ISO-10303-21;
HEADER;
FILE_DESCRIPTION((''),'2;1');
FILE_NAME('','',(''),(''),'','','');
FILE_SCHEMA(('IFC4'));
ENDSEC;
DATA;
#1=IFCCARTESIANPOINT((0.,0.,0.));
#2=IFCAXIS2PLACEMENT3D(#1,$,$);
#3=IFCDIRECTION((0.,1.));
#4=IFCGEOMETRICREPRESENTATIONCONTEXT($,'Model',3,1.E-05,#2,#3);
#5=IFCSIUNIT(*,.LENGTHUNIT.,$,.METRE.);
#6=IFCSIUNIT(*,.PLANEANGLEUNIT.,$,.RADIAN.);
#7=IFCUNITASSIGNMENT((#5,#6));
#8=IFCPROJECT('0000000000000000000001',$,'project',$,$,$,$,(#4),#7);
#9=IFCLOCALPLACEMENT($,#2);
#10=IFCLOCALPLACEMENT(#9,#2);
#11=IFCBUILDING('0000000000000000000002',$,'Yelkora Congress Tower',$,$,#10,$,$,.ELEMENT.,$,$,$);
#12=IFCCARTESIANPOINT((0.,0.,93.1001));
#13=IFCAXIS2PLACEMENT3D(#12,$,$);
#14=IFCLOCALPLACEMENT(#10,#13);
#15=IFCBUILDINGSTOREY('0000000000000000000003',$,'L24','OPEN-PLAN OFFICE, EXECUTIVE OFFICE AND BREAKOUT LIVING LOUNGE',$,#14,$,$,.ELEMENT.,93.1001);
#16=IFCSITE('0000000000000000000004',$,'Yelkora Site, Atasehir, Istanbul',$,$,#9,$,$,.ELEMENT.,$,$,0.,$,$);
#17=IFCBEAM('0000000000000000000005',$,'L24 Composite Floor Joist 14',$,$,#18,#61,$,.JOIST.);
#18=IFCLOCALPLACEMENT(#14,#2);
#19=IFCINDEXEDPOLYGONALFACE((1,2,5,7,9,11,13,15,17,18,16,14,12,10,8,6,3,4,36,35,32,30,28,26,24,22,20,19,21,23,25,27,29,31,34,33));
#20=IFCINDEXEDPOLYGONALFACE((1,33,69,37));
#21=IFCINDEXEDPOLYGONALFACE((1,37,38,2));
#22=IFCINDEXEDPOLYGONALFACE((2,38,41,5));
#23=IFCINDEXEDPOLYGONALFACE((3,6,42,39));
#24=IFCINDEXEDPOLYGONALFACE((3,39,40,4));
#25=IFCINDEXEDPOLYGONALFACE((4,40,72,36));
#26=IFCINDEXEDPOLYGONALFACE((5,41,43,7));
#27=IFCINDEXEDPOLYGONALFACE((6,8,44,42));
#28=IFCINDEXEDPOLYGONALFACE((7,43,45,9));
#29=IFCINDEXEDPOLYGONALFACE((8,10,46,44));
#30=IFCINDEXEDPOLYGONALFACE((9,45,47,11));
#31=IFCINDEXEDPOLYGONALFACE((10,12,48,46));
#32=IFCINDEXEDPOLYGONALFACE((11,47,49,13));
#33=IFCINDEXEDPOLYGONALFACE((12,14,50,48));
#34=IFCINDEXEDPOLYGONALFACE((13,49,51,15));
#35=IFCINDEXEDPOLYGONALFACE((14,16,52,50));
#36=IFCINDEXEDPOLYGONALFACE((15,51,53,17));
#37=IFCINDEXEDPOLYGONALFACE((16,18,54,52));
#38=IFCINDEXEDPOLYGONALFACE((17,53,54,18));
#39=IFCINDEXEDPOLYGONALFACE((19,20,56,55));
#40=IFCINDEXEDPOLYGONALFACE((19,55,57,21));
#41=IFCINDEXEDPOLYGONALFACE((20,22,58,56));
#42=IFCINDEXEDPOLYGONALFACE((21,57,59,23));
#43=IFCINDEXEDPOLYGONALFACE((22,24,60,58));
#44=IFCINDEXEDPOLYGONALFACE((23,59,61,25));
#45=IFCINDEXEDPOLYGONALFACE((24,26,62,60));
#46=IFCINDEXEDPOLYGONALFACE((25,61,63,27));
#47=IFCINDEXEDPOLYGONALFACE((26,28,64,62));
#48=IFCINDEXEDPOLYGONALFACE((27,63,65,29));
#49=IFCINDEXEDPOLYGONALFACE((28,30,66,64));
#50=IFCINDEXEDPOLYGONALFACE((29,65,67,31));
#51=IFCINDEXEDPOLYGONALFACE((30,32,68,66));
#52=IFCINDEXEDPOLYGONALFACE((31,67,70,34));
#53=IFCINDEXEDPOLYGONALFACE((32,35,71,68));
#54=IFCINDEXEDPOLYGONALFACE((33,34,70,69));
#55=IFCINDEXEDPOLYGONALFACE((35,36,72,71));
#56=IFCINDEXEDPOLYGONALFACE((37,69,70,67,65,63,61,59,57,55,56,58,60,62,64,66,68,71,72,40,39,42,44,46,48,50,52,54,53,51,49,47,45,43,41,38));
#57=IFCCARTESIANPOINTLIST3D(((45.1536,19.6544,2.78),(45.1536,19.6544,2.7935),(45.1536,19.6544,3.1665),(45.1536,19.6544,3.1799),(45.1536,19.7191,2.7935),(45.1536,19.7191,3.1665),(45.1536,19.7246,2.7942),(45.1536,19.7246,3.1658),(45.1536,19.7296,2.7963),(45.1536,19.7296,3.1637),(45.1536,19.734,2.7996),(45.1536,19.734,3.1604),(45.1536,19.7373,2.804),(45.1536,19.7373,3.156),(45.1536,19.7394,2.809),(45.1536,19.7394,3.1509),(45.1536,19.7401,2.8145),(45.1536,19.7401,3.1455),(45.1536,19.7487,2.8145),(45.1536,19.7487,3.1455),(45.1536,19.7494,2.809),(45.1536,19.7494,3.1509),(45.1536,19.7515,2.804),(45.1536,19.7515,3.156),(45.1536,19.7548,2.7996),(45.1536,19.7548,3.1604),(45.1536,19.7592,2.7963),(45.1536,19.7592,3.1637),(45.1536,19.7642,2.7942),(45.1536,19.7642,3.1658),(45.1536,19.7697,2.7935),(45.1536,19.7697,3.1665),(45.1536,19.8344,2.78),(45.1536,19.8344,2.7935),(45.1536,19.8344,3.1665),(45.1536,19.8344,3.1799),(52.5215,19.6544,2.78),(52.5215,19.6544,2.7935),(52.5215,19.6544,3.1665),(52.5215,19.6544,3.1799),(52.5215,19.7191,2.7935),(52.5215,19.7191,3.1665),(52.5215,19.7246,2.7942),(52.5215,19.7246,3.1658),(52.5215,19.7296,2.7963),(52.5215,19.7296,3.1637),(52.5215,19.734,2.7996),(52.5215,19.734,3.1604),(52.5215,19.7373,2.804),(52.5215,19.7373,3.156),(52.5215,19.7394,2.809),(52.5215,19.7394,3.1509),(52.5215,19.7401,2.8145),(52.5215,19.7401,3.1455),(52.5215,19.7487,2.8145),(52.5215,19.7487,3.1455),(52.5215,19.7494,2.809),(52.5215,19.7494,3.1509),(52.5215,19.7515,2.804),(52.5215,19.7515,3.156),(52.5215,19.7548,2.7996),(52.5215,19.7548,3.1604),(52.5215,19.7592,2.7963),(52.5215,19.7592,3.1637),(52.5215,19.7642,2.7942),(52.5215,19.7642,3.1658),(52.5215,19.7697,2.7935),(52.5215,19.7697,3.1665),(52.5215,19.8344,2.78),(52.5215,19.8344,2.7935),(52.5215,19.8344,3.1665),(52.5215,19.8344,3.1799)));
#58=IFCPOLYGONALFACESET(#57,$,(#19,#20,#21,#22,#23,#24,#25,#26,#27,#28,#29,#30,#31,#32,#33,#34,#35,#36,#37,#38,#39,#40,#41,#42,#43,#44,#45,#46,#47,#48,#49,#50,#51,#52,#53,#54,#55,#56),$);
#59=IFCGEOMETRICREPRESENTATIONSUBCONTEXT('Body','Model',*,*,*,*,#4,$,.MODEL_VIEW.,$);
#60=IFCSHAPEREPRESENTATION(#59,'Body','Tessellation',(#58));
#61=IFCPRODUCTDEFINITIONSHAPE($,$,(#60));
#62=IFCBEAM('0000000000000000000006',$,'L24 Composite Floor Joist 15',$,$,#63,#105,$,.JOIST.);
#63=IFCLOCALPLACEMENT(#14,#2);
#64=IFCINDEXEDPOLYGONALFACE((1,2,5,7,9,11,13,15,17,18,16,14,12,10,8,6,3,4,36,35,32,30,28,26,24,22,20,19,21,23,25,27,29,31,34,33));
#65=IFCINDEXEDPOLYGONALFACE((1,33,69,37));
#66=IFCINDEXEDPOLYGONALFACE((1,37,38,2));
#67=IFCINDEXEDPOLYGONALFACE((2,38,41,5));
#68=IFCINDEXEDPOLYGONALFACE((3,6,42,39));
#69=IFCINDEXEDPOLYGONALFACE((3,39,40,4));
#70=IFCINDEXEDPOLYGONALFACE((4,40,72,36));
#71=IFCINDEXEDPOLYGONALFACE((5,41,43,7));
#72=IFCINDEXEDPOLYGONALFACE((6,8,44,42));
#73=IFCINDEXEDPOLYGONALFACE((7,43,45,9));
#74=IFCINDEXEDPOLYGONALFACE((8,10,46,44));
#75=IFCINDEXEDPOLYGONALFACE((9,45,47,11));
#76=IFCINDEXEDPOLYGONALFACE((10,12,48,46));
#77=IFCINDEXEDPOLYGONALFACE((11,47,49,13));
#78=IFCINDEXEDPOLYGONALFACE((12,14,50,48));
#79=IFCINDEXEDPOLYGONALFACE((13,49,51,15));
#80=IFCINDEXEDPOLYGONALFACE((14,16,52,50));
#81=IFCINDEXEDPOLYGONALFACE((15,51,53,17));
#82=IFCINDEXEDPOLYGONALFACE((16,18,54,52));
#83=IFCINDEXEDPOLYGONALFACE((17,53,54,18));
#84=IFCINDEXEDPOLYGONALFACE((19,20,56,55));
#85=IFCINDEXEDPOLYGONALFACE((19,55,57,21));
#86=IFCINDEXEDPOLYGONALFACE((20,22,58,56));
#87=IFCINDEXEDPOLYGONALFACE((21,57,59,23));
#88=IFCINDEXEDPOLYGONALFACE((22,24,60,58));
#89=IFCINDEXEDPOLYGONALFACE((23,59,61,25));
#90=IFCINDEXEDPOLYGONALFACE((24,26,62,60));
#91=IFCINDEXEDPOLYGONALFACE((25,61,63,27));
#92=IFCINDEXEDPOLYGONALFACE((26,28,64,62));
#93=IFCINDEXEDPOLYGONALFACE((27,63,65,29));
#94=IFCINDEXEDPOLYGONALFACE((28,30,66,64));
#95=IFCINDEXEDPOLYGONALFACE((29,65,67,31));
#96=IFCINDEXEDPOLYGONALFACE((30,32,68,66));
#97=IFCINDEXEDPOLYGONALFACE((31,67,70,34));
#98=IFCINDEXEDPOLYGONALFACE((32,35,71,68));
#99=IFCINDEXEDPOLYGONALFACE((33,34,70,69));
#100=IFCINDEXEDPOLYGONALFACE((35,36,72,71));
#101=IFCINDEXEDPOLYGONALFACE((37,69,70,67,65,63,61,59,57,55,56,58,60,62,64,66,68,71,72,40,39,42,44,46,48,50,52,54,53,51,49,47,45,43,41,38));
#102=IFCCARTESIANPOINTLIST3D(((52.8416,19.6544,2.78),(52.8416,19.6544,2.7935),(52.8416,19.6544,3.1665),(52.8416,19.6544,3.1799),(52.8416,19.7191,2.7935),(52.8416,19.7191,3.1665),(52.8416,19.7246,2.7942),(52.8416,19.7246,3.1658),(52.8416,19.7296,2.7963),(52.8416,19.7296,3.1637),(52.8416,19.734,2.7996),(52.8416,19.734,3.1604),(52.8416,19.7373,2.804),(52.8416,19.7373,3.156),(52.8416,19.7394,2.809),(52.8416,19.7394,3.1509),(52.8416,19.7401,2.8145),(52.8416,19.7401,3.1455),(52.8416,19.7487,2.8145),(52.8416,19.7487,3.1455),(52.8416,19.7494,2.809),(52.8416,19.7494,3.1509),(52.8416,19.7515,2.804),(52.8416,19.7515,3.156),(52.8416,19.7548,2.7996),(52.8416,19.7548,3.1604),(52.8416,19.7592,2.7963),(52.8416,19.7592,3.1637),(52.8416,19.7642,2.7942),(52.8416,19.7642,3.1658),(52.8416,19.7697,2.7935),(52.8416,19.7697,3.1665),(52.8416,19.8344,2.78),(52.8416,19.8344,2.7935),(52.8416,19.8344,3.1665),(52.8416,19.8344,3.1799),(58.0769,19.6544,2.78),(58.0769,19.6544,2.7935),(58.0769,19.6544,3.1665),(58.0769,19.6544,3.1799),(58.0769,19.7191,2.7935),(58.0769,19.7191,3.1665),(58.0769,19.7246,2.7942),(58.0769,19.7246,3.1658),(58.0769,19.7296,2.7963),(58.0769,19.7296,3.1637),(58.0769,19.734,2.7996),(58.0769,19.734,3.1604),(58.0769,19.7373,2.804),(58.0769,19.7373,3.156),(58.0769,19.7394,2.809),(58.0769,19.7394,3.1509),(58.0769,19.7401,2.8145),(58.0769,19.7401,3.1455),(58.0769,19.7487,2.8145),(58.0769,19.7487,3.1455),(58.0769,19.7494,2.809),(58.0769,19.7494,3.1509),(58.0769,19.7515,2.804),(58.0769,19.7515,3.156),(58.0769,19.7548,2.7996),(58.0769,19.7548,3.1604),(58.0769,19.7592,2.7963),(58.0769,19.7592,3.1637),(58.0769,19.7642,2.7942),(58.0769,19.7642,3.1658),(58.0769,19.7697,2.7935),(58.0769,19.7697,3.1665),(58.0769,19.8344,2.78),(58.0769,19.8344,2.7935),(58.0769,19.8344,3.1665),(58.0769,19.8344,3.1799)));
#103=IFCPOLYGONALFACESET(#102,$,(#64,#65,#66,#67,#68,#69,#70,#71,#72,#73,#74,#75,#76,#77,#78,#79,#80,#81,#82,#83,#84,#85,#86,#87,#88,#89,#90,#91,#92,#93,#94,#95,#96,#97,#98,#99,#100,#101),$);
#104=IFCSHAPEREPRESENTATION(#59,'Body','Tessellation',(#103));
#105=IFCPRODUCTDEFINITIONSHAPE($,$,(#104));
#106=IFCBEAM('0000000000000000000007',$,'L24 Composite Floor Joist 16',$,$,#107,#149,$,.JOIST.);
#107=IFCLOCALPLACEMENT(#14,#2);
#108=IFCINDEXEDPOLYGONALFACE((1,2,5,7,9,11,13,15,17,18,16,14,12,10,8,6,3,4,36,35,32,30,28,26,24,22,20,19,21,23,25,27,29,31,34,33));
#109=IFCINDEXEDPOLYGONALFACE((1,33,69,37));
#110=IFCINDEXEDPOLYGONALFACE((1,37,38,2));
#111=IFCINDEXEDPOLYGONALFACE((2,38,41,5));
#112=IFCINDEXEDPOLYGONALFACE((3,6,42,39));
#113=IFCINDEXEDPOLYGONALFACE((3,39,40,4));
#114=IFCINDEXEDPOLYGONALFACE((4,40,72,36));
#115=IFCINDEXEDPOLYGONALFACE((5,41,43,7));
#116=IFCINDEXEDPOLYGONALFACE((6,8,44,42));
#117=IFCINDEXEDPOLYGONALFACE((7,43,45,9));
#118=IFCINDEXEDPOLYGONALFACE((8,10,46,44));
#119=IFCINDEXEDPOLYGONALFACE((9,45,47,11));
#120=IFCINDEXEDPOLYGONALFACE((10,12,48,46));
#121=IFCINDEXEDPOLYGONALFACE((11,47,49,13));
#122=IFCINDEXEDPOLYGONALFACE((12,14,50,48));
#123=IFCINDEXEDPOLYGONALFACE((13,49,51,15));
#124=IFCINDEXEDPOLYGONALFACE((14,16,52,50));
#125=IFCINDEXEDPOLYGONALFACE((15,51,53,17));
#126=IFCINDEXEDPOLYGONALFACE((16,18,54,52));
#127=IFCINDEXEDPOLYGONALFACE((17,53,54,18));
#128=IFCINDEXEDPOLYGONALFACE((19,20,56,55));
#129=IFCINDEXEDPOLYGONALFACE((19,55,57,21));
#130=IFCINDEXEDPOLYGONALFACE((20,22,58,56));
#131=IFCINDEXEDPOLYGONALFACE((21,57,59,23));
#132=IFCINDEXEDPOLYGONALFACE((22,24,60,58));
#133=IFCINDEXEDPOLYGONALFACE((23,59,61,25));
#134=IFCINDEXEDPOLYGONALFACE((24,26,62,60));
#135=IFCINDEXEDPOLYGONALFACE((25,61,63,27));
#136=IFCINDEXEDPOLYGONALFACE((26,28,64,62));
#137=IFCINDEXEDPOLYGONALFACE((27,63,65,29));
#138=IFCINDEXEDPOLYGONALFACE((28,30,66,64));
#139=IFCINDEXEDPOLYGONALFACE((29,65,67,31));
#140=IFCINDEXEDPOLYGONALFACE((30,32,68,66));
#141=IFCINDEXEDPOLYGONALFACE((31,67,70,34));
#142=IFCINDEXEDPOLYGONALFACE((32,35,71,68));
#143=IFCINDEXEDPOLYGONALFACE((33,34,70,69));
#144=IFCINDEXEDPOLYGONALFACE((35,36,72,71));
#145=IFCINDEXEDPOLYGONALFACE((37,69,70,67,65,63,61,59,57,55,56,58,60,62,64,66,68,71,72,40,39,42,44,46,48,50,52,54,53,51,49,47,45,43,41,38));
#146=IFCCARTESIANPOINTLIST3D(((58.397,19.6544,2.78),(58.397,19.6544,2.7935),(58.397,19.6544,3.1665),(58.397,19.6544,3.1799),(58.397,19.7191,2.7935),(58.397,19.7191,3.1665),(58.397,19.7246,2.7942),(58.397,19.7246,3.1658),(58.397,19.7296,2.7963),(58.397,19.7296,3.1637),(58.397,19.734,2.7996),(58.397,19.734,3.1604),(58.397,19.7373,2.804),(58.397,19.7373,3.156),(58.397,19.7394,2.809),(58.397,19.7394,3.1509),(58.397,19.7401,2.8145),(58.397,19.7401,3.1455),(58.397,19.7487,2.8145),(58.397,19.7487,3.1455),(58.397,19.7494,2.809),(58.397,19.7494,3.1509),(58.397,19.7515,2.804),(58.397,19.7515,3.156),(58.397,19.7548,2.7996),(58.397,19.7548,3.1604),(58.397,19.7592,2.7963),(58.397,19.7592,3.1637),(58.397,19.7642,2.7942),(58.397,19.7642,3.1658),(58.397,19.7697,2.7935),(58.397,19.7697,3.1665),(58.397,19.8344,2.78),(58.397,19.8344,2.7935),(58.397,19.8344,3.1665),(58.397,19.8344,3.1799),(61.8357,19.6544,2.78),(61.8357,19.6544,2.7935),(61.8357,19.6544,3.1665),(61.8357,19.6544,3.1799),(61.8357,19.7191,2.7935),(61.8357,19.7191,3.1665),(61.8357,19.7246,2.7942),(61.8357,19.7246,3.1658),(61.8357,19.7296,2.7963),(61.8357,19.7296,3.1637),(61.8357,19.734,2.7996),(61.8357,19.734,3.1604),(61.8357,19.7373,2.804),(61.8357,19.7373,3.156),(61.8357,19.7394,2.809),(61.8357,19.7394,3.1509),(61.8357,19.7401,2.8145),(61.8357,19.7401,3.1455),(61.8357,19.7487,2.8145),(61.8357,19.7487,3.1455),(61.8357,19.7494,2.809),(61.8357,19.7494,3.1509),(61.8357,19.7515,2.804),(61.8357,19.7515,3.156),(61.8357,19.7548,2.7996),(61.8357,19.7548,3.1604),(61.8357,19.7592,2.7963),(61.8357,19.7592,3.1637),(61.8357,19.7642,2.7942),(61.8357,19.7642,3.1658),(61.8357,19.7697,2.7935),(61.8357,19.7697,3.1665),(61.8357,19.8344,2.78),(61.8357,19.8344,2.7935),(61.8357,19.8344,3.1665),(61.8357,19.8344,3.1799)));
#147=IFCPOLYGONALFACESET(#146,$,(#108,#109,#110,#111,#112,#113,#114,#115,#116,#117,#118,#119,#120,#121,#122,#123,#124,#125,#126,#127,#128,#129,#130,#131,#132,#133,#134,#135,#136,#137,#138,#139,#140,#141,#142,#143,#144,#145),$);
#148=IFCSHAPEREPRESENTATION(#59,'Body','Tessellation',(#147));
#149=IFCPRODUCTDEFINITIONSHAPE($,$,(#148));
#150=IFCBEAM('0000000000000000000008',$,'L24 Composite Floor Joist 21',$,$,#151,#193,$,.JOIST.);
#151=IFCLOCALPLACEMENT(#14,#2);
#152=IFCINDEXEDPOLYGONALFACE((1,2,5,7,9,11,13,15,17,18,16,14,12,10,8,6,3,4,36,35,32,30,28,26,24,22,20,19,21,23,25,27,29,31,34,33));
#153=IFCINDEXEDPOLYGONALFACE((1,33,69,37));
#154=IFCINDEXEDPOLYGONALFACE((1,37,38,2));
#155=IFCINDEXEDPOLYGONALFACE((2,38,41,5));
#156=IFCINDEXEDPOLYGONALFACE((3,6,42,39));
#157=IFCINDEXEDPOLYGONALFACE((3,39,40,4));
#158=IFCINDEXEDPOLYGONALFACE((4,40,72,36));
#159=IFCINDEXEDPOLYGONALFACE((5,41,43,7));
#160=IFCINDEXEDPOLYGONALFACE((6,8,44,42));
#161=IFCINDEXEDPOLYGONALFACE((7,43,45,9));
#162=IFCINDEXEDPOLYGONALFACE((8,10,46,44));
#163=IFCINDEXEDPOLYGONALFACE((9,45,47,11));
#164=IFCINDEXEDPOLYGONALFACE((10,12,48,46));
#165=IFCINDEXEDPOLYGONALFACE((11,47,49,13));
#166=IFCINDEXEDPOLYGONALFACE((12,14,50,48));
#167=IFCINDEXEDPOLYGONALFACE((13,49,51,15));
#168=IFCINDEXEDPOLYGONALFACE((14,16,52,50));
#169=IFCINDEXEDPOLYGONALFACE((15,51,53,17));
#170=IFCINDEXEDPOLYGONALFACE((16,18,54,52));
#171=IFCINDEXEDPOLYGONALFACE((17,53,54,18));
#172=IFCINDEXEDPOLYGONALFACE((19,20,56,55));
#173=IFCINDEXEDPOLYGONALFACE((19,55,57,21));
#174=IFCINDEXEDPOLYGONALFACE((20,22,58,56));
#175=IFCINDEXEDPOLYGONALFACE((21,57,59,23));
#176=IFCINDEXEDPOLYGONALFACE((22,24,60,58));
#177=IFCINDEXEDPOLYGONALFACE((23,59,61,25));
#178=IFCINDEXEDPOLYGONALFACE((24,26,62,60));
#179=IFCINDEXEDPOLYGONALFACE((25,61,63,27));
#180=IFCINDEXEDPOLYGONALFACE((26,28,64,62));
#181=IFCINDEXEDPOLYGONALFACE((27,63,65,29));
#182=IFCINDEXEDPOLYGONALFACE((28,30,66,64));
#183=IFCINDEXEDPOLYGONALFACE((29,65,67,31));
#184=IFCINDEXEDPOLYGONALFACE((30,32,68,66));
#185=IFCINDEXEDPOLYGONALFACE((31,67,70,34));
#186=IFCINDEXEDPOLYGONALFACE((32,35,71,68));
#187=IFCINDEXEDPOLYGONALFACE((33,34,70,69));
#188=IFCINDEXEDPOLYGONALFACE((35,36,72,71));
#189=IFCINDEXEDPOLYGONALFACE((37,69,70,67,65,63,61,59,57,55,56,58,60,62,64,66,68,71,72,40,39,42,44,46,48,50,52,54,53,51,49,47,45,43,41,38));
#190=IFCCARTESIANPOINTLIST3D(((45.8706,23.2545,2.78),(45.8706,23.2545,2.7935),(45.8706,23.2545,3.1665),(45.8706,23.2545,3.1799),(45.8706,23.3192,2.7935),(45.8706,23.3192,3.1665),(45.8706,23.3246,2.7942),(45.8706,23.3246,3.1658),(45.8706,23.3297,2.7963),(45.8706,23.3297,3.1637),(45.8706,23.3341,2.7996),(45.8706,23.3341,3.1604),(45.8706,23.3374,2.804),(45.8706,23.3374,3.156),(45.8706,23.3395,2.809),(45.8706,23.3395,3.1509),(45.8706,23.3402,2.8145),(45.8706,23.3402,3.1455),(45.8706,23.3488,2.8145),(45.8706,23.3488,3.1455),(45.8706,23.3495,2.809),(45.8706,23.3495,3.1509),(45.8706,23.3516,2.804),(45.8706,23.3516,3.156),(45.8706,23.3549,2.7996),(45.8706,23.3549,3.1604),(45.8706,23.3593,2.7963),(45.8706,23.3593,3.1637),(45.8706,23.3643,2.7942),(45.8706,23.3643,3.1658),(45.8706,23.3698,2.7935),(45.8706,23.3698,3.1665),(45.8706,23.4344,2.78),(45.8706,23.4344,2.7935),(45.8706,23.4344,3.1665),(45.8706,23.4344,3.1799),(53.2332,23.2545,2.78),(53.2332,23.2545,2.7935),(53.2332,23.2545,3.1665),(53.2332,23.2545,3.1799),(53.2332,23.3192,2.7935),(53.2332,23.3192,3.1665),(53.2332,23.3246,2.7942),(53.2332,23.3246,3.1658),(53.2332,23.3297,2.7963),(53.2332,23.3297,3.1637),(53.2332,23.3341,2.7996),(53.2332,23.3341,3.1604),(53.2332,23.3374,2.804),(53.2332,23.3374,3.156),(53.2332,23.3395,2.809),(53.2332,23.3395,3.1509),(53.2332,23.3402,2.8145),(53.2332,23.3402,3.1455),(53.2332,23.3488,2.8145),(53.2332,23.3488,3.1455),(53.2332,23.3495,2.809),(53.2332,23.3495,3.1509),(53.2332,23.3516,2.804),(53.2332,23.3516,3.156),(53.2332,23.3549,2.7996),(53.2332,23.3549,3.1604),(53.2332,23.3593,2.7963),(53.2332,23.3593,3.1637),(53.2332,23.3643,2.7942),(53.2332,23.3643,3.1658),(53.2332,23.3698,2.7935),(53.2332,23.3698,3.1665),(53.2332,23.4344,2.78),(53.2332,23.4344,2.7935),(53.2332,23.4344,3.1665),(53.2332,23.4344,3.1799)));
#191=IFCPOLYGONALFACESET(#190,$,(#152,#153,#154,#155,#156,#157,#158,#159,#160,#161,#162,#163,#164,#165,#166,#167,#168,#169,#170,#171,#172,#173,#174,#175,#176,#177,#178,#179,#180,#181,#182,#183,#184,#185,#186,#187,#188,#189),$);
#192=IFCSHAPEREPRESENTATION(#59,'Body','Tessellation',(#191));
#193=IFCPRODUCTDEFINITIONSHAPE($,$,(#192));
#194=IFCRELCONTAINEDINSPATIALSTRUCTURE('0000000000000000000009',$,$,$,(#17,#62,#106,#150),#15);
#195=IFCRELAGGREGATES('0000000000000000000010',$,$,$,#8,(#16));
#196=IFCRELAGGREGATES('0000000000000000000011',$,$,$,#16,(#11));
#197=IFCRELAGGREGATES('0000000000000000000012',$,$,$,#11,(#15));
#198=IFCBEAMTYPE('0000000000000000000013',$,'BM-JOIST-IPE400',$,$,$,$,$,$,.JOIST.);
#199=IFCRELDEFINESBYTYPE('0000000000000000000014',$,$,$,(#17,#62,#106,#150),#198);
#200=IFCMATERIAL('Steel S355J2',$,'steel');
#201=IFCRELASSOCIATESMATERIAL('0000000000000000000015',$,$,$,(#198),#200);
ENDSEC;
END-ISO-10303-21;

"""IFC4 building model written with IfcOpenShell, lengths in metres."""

from ifc_helpers import new_model, si_unit, direction, frame, origin, origin_2d, place, context, subcontext, project, spatial, i_section, extrude, material, material_profile, profile_set, type_object, element, save


model = new_model("IFC4")

# Units and contexts
model_context = context("Model", 3, precision=1e-05, world=origin(), true_north=direction((0.0, 1.0)))
body_context = subcontext(model_context, "Body", "Model", "MODEL_VIEW")
ifc_project = project(units=[si_unit("LENGTHUNIT", "METRE"), si_unit("PLANEANGLEUNIT", "RADIAN")], contexts=[model_context])

# Site, building, storey
site_placement = place(None, origin())
site = spatial("IfcSite", under=ifc_project, at=site_placement, Name="Yelkora Site, Atasehir, Istanbul", CompositionType="ELEMENT", RefElevation=0.0)
building_placement = place(site_placement, origin())
building = spatial("IfcBuilding", under=site, at=building_placement, Name="Yelkora Congress Tower", CompositionType="ELEMENT")
storey_placement = place(building_placement, frame((0.0, 0.0, 93.1001)))
storey = spatial("IfcBuildingStorey", under=building, at=storey_placement, Name="L24", Description="OPEN-PLAN OFFICE, EXECUTIVE OFFICE AND BREAKOUT LIVING LOUNGE", CompositionType="ELEMENT", Elevation=93.1001)

# Beams
ifc_material_1 = material(Name="Steel S355J2", Category="steel")
ifc_material_profile_1 = material_profile(ifc_material_1, i_section(OverallWidth=0.1799, OverallDepth=0.3999, WebThickness=0.0085, FlangeThickness=0.0134, FilletRadius=0.021, at=origin_2d()), Name="IPE 400")
ifc_profile_set_1 = profile_set([ifc_material_profile_1], Name="Steel S355J2")
beam_type_1 = type_object("IfcBeamType", Name="BM-JOIST-IPE400", PredefinedType="JOIST", material=ifc_profile_set_1)
beam_1_placement = place(storey_placement, frame((45.1536, 19.7444, 2.98), z_axis=(1.0, 0.0, 0.0), x_axis=(0.0, 1.0, 0.0)))
element("IfcBeam", 1, at=beam_1_placement, inside=storey, type_object=beam_type_1, Name="L24 Composite Floor Joist 14", PredefinedType="JOIST", context=body_context, shape_type="SweptSolid", body=[
    extrude(i_section(OverallWidth=0.1799, OverallDepth=0.3999, WebThickness=0.0085, FlangeThickness=0.0134, FilletRadius=0.021, at=origin_2d()), origin(), (0.0, 0.0, 1.0), 7.3679),
])
beam_2_placement = place(storey_placement, frame((52.8416, 19.7444, 2.98), z_axis=(1.0, 0.0, 0.0), x_axis=(0.0, 1.0, 0.0)))
element("IfcBeam", 2, at=beam_2_placement, inside=storey, type_object=beam_type_1, Name="L24 Composite Floor Joist 15", PredefinedType="JOIST", context=body_context, shape_type="SweptSolid", body=[
    extrude(i_section(OverallWidth=0.1799, OverallDepth=0.3999, WebThickness=0.0085, FlangeThickness=0.0134, FilletRadius=0.021, at=origin_2d()), origin(), (0.0, 0.0, 1.0), 5.2354),
])
beam_3_placement = place(storey_placement, frame((58.397, 19.7444, 2.98), z_axis=(1.0, 0.0, 0.0), x_axis=(0.0, 1.0, 0.0)))
element("IfcBeam", 3, at=beam_3_placement, inside=storey, type_object=beam_type_1, Name="L24 Composite Floor Joist 16", PredefinedType="JOIST", context=body_context, shape_type="SweptSolid", body=[
    extrude(i_section(OverallWidth=0.1799, OverallDepth=0.3999, WebThickness=0.0085, FlangeThickness=0.0134, FilletRadius=0.021, at=origin_2d()), origin(), (0.0, 0.0, 1.0), 3.4387),
])
beam_4_placement = place(storey_placement, frame((45.8706, 23.3445, 2.98), z_axis=(1.0, 0.0, 0.0), x_axis=(0.0, 1.0, 0.0)))
element("IfcBeam", 4, at=beam_4_placement, inside=storey, type_object=beam_type_1, Name="L24 Composite Floor Joist 21", PredefinedType="JOIST", context=body_context, shape_type="SweptSolid", body=[
    extrude(i_section(OverallWidth=0.1799, OverallDepth=0.3999, WebThickness=0.0085, FlangeThickness=0.0134, FilletRadius=0.021, at=origin_2d()), origin(), (0.0, 0.0, 1.0), 7.3625),
])

save(model, "model.ifc")
